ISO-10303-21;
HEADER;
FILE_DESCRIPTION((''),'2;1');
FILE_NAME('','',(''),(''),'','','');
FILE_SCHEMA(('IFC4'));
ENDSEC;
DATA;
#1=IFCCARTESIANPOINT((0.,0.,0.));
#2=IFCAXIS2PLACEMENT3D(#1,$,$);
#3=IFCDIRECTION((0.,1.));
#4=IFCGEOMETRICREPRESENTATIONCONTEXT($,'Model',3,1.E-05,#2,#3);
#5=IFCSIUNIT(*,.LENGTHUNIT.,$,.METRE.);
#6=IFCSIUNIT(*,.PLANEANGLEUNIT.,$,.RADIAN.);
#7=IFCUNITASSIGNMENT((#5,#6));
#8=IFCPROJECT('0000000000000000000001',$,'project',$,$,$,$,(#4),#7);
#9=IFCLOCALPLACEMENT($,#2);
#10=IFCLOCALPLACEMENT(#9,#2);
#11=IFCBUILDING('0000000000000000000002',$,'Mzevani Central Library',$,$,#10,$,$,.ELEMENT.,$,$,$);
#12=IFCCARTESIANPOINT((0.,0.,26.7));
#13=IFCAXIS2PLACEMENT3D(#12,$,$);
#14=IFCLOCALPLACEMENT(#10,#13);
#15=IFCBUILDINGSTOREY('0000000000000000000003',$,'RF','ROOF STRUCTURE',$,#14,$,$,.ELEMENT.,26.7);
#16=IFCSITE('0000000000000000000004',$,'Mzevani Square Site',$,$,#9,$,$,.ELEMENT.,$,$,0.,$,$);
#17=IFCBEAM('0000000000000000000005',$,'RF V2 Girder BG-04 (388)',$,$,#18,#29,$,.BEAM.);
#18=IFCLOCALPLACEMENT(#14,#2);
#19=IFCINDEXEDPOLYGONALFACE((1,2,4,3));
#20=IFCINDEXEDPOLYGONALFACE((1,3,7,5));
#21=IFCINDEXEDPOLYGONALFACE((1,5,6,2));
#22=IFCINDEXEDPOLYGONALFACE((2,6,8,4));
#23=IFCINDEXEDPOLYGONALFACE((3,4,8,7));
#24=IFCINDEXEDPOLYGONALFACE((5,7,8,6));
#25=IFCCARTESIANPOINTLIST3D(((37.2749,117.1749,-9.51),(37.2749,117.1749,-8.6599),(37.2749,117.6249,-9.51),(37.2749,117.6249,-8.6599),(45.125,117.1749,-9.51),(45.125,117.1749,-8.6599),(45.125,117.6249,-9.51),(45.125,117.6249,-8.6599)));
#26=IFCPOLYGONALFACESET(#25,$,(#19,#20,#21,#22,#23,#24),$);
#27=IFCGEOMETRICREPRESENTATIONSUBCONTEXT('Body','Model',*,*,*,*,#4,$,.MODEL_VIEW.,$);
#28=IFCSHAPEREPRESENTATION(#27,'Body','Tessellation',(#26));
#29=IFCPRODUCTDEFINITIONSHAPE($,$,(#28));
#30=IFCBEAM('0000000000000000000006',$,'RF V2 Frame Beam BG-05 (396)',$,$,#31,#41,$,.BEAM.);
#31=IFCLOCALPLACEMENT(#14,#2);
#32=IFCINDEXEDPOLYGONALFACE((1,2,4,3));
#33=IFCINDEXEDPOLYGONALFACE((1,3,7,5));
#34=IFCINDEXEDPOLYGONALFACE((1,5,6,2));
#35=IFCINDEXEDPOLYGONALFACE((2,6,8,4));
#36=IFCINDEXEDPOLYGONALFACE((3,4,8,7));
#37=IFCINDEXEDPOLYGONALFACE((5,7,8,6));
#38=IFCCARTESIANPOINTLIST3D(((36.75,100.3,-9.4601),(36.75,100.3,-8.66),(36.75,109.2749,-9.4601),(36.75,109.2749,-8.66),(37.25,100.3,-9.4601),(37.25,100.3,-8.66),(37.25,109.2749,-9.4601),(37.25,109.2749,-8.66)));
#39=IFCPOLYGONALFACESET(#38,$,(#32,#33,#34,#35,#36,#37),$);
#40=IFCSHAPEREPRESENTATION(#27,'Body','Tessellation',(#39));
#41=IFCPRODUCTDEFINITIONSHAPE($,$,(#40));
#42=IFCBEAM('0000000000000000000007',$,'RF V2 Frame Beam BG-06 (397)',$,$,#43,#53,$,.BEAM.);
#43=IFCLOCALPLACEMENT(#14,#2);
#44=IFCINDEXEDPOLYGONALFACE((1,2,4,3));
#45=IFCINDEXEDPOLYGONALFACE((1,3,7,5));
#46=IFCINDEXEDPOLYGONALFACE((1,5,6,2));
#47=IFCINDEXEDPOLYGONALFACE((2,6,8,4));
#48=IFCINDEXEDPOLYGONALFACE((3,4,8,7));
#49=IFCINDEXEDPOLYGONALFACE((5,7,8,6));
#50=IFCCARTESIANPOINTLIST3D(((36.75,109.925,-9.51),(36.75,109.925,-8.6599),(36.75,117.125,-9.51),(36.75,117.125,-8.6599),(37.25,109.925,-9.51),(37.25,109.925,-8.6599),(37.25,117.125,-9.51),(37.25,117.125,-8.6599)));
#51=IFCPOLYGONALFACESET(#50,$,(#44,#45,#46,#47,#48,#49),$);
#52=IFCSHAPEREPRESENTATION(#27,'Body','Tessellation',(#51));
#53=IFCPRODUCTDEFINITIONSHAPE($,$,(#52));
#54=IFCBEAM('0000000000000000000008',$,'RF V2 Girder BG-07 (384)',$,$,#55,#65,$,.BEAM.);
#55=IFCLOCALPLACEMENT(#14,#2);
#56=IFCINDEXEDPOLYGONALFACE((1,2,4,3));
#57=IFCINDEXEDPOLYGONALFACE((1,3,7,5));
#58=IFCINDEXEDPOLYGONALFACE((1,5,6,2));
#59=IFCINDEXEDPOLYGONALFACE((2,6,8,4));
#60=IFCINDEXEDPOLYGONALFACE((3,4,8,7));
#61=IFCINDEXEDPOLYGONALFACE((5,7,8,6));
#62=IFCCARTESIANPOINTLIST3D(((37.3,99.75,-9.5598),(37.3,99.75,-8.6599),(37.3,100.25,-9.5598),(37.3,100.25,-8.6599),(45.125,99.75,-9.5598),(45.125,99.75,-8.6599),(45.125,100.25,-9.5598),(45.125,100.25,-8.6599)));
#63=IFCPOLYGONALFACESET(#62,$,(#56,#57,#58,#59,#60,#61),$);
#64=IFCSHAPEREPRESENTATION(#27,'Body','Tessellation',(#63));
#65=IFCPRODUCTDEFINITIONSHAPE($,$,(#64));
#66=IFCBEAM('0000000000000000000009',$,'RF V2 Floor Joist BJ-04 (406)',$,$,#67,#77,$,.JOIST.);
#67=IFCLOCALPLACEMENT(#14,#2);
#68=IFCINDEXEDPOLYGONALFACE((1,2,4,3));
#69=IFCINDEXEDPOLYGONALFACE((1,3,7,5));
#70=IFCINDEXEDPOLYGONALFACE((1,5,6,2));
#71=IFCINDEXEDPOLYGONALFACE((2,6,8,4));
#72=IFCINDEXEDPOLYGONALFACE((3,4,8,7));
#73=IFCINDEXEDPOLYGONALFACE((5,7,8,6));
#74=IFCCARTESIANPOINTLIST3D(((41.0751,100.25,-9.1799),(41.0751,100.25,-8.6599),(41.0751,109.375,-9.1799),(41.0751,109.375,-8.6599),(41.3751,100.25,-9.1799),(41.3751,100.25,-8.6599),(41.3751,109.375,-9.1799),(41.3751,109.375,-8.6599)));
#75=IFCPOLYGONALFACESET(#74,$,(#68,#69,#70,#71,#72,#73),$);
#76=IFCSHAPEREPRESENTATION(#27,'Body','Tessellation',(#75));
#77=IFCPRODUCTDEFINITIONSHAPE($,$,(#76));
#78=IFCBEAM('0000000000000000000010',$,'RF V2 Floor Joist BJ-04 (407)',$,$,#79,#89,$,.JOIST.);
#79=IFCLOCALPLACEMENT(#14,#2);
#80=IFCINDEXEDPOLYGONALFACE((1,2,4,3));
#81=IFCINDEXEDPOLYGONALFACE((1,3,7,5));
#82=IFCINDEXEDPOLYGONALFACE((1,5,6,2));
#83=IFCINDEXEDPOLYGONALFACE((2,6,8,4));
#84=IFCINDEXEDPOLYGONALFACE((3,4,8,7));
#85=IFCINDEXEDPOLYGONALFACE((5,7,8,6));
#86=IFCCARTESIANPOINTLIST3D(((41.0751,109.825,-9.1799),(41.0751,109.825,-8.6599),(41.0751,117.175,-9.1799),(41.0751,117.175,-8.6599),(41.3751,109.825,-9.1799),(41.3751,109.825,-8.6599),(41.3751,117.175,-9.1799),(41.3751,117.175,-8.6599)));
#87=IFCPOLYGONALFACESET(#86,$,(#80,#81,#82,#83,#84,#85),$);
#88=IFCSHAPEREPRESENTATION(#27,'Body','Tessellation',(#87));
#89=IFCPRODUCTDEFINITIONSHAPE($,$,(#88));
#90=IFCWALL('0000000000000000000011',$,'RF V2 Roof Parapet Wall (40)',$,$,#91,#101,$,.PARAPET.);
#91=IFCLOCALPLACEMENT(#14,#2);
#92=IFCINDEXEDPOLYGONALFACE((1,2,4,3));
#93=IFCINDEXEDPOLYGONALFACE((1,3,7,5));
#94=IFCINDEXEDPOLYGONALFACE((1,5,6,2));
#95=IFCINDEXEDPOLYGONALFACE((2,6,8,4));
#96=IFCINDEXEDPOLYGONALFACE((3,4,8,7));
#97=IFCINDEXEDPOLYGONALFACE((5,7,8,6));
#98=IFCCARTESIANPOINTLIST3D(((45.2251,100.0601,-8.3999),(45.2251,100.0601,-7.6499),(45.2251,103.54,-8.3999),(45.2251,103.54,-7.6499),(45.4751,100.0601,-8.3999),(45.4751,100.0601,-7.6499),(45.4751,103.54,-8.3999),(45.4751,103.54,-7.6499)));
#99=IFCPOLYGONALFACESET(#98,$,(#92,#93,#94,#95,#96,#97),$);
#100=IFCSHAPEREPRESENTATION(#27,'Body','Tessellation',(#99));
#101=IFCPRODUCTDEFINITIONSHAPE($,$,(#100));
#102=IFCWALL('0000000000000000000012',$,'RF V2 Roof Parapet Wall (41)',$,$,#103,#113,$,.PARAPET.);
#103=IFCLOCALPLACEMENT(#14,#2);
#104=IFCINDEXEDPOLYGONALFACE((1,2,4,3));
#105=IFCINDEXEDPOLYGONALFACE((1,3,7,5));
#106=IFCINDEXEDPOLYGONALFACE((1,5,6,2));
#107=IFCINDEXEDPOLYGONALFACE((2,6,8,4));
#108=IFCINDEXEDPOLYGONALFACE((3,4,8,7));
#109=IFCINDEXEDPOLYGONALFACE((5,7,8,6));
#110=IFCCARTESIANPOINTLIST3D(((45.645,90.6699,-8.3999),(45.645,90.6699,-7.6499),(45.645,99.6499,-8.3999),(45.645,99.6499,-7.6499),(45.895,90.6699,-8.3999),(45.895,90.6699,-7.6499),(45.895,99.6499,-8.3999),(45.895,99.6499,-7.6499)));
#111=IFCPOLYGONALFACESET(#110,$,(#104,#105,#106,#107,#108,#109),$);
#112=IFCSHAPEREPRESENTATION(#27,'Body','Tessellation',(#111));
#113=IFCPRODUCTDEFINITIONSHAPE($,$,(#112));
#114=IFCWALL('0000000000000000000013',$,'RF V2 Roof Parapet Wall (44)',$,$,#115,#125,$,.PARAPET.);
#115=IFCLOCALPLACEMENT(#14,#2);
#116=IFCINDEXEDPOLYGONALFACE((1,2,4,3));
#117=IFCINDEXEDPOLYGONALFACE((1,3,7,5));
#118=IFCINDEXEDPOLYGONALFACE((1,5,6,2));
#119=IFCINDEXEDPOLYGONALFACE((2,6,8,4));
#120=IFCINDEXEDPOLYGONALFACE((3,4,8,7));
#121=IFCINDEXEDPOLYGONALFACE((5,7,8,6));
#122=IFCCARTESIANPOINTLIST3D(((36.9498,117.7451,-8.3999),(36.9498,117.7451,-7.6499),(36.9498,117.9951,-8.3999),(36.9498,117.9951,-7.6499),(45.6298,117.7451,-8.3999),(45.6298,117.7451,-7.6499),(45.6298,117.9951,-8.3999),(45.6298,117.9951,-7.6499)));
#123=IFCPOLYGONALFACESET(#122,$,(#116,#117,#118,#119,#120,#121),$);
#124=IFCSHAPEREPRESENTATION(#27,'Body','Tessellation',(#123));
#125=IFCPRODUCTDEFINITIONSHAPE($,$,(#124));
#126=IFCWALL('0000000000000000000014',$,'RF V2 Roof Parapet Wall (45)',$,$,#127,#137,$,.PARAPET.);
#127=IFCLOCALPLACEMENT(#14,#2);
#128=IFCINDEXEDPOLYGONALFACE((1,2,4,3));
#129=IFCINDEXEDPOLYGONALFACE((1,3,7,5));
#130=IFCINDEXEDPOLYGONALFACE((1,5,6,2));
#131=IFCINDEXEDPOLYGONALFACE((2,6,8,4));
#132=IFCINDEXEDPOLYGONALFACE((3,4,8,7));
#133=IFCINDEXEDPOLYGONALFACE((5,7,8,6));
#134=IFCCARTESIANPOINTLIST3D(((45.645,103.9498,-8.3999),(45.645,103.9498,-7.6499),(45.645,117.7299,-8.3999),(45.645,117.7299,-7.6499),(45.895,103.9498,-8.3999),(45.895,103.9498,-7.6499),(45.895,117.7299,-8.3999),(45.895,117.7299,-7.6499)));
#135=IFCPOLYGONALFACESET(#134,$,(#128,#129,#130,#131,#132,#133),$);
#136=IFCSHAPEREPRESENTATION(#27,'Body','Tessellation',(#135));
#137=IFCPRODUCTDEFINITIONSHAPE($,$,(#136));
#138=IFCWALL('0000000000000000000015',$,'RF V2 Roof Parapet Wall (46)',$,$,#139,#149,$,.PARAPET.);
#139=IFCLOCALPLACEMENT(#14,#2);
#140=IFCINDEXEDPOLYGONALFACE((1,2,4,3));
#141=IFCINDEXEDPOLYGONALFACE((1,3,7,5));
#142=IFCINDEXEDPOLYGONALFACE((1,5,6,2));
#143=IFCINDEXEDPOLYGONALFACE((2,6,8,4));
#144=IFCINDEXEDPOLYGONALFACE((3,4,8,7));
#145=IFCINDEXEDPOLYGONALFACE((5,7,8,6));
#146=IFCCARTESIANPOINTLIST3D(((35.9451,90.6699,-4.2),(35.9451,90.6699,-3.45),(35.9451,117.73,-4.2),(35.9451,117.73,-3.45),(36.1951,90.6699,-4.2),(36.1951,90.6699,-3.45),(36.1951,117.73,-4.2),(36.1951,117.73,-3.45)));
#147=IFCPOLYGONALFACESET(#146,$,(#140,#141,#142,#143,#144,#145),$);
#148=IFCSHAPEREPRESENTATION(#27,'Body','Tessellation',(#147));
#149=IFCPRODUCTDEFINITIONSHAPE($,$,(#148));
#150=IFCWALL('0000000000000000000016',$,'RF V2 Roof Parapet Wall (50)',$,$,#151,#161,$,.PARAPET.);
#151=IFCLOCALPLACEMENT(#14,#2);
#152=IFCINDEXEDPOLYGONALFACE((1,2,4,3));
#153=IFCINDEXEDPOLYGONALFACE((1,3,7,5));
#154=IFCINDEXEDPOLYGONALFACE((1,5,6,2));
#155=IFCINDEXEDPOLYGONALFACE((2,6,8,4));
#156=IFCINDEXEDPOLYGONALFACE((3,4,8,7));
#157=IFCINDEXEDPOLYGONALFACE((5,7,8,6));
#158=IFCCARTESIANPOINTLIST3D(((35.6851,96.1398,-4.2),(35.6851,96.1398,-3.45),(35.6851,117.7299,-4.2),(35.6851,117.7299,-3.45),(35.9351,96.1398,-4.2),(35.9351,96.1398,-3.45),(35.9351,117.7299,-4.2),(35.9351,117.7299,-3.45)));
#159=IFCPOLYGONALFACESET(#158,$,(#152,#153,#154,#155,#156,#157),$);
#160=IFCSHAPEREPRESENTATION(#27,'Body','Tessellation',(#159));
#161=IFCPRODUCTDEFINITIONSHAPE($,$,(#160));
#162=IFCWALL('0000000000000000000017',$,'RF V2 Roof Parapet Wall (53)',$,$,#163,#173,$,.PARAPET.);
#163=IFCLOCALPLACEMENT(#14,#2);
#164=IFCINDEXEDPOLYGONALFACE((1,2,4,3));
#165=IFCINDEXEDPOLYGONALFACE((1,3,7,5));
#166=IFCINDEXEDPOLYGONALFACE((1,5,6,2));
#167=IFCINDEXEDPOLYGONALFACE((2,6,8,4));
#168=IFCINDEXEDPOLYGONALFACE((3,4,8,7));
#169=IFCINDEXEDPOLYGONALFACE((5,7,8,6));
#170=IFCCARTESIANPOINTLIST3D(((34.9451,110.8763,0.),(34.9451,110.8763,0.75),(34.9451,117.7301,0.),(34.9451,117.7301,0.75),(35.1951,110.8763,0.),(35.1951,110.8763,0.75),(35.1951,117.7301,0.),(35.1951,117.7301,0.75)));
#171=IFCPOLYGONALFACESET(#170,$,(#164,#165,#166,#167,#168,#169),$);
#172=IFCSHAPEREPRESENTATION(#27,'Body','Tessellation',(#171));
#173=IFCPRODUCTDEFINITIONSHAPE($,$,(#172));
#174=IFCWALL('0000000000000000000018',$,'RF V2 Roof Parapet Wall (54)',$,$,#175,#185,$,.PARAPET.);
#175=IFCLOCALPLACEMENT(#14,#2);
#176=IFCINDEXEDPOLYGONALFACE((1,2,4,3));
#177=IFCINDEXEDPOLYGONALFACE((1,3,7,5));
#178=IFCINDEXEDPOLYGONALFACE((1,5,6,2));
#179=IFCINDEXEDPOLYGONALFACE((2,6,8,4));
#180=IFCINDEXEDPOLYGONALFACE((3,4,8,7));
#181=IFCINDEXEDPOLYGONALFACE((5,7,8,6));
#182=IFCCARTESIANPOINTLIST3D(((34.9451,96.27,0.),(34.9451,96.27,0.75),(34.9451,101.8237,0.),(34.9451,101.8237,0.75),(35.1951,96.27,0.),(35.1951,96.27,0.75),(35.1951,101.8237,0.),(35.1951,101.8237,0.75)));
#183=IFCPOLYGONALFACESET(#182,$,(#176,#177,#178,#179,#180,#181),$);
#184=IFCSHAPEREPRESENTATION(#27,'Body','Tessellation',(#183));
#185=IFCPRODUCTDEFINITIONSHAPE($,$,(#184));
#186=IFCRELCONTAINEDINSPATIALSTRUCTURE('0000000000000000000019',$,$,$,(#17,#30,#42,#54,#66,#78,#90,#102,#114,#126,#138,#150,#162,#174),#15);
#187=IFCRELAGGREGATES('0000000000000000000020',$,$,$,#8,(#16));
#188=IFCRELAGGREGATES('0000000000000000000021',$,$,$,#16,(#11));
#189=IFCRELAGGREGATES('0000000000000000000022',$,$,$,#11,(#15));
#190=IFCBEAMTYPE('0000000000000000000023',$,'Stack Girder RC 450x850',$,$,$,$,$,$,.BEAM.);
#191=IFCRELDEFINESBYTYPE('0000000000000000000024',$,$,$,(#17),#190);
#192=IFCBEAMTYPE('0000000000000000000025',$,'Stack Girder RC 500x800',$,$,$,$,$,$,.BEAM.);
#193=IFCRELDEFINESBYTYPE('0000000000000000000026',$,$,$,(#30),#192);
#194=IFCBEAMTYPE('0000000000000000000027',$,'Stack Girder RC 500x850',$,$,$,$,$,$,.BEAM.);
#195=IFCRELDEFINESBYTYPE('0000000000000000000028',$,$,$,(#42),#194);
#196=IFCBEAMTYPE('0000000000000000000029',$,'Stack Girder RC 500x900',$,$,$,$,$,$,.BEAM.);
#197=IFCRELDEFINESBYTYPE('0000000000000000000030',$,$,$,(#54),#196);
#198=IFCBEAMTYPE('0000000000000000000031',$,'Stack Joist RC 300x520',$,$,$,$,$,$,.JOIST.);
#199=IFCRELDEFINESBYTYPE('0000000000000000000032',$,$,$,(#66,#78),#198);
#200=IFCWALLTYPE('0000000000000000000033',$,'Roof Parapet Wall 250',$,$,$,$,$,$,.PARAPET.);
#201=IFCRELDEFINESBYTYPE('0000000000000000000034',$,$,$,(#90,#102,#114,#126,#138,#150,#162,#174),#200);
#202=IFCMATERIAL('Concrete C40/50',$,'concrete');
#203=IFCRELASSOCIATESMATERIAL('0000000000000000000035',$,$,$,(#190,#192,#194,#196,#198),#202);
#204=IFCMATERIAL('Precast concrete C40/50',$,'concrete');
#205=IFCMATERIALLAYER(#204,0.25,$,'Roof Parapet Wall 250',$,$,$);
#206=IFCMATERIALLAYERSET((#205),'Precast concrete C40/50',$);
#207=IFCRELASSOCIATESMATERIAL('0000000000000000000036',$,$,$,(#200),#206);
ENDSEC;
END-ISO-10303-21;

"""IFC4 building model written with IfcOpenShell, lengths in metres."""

from ifc_helpers import new_model, si_unit, direction, frame, frame_2d, origin, origin_2d, place, context, subcontext, project, spatial, rectangle, extrude, material, layer, layer_set, material_profile, profile_set, type_object, element, save


model = new_model("IFC4")

# Units and contexts
model_context = context("Model", 3, precision=1e-05, world=origin(), true_north=direction((0.0, 1.0)))
body_context = subcontext(model_context, "Body", "Model", "MODEL_VIEW")
ifc_project = project(units=[si_unit("LENGTHUNIT", "METRE"), si_unit("PLANEANGLEUNIT", "RADIAN")], contexts=[model_context])

# Site, building, storey
site_placement = place(None, origin())
site = spatial("IfcSite", under=ifc_project, at=site_placement, Name="Mzevani Square Site", CompositionType="ELEMENT", RefElevation=0.0)
building_placement = place(site_placement, origin())
building = spatial("IfcBuilding", under=site, at=building_placement, Name="Mzevani Central Library", CompositionType="ELEMENT")
storey_placement = place(building_placement, frame((0.0, 0.0, 26.7)))
storey = spatial("IfcBuildingStorey", under=building, at=storey_placement, Name="RF", Description="ROOF STRUCTURE", CompositionType="ELEMENT", Elevation=26.7)

# Beams
ifc_material_1 = material(Name="Concrete C40/50", Category="concrete")
ifc_material_profile_1 = material_profile(ifc_material_1, rectangle(XDim=0.45, YDim=0.8501, at=origin_2d()), Name="RC B450x850")
ifc_profile_set_1 = profile_set([ifc_material_profile_1], Name="Concrete C40/50")
beam_type_1 = type_object("IfcBeamType", Name="Stack Girder RC 450x850", PredefinedType="BEAM", material=ifc_profile_set_1)
beam_1_placement = place(storey_placement, frame((37.2749, 117.3999, -9.085), z_axis=(1.0, 0.0, 0.0), x_axis=(0.0, 1.0, 0.0)))
element("IfcBeam", 1, at=beam_1_placement, inside=storey, type_object=beam_type_1, Name="RF V2 Girder BG-04 (388)", PredefinedType="BEAM", context=body_context, shape_type="SweptSolid", body=[
    extrude(rectangle(XDim=0.45, YDim=0.8501, at=origin_2d()), origin(), (0.0, 0.0, 1.0), 7.8501),
])
ifc_material_profile_2 = material_profile(ifc_material_1, rectangle(XDim=0.5, YDim=0.8, at=origin_2d()), Name="RC B500x800")
ifc_profile_set_2 = profile_set([ifc_material_profile_2], Name="Concrete C40/50")
beam_type_2 = type_object("IfcBeamType", Name="Stack Girder RC 500x800", PredefinedType="BEAM", material=ifc_profile_set_2)
beam_2_placement = place(storey_placement, frame((37.0, 100.3, -9.0601), z_axis=(0.0, 1.0, 0.0), x_axis=(-1.0, 0.0, 0.0)))
element("IfcBeam", 2, at=beam_2_placement, inside=storey, type_object=beam_type_2, Name="RF V2 Frame Beam BG-05 (396)", PredefinedType="BEAM", context=body_context, shape_type="SweptSolid", body=[
    extrude(rectangle(XDim=0.5, YDim=0.8, at=origin_2d()), origin(), (0.0, 0.0, 1.0), 8.9749),
])
ifc_material_profile_3 = material_profile(ifc_material_1, rectangle(XDim=0.5, YDim=0.8501, at=origin_2d()), Name="RC B500x850")
ifc_profile_set_3 = profile_set([ifc_material_profile_3], Name="Concrete C40/50")
beam_type_3 = type_object("IfcBeamType", Name="Stack Girder RC 500x850", PredefinedType="BEAM", material=ifc_profile_set_3)
beam_3_placement = place(storey_placement, frame((37.0, 109.925, -9.085), z_axis=(0.0, 1.0, 0.0), x_axis=(-1.0, 0.0, 0.0)))
element("IfcBeam", 3, at=beam_3_placement, inside=storey, type_object=beam_type_3, Name="RF V2 Frame Beam BG-06 (397)", PredefinedType="BEAM", context=body_context, shape_type="SweptSolid", body=[
    extrude(rectangle(XDim=0.5, YDim=0.8501, at=origin_2d()), origin(), (0.0, 0.0, 1.0), 7.2),
])
ifc_material_profile_4 = material_profile(ifc_material_1, rectangle(XDim=0.5, YDim=0.8999, at=origin_2d()), Name="RC B500x900")
ifc_profile_set_4 = profile_set([ifc_material_profile_4], Name="Concrete C40/50")
beam_type_4 = type_object("IfcBeamType", Name="Stack Girder RC 500x900", PredefinedType="BEAM", material=ifc_profile_set_4)
beam_4_placement = place(storey_placement, frame((37.3, 100.0, -9.1099), z_axis=(1.0, 0.0, 0.0), x_axis=(0.0, 1.0, 0.0)))
element("IfcBeam", 4, at=beam_4_placement, inside=storey, type_object=beam_type_4, Name="RF V2 Girder BG-07 (384)", PredefinedType="BEAM", context=body_context, shape_type="SweptSolid", body=[
    extrude(rectangle(XDim=0.5, YDim=0.8999, at=origin_2d()), origin(), (0.0, 0.0, 1.0), 7.825),
])
ifc_material_profile_5 = material_profile(ifc_material_1, rectangle(XDim=0.3, YDim=0.52, at=origin_2d()), Name="RC J300x520")
ifc_profile_set_5 = profile_set([ifc_material_profile_5], Name="Concrete C40/50")
beam_type_5 = type_object("IfcBeamType", Name="Stack Joist RC 300x520", PredefinedType="JOIST", material=ifc_profile_set_5)
beam_5_placement = place(storey_placement, frame((41.2251, 100.25, -8.9199), z_axis=(0.0, 1.0, 0.0), x_axis=(-1.0, 0.0, 0.0)))
element("IfcBeam", 5, at=beam_5_placement, inside=storey, type_object=beam_type_5, Name="RF V2 Floor Joist BJ-04 (406)", PredefinedType="JOIST", context=body_context, shape_type="SweptSolid", body=[
    extrude(rectangle(XDim=0.3, YDim=0.52, at=origin_2d()), origin(), (0.0, 0.0, 1.0), 9.125),
])
beam_6_placement = place(storey_placement, frame((41.2251, 109.825, -8.9199), z_axis=(0.0, 1.0, 0.0), x_axis=(-1.0, 0.0, 0.0)))
element("IfcBeam", 6, at=beam_6_placement, inside=storey, type_object=beam_type_5, Name="RF V2 Floor Joist BJ-04 (407)", PredefinedType="JOIST", context=body_context, shape_type="SweptSolid", body=[
    extrude(rectangle(XDim=0.3, YDim=0.52, at=origin_2d()), origin(), (0.0, 0.0, 1.0), 7.3501),
])

# Walls
ifc_material_2 = material(Name="Precast concrete C40/50", Category="concrete")
ifc_layer = layer(ifc_material_2, 0.25, Name="Roof Parapet Wall 250")
ifc_layer_set = layer_set([ifc_layer], Name="Precast concrete C40/50")
wall_type = type_object("IfcWallType", Name="Roof Parapet Wall 250", PredefinedType="PARAPET", material=ifc_layer_set)
wall_1_placement = place(storey_placement, frame((45.3501, 103.54, -8.3999), z_axis=(0.0, 0.0, 1.0), x_axis=(0.0, -1.0, 0.0)))
element("IfcWall", 7, at=wall_1_placement, inside=storey, type_object=wall_type, Name="RF V2 Roof Parapet Wall (40)", PredefinedType="PARAPET", context=body_context, shape_type="SweptSolid", body=[
    extrude(rectangle(XDim=3.48, YDim=0.25, at=frame_2d((1.74, 0.0))), origin(), (0.0, 0.0, 1.0), 0.75),
])
wall_2_placement = place(storey_placement, frame((45.77, 99.6499, -8.3999), z_axis=(0.0, 0.0, 1.0), x_axis=(0.0, -1.0, 0.0)))
element("IfcWall", 8, at=wall_2_placement, inside=storey, type_object=wall_type, Name="RF V2 Roof Parapet Wall (41)", PredefinedType="PARAPET", context=body_context, shape_type="SweptSolid", body=[
    extrude(rectangle(XDim=8.98, YDim=0.25, at=frame_2d((4.49, 0.0))), origin(), (0.0, 0.0, 1.0), 0.75),
])
wall_3_placement = place(storey_placement, frame((36.95, 117.8701, -8.3999), z_axis=(0.0, 0.0, 1.0), x_axis=(1.0, 0.0, 0.0)))
element("IfcWall", 9, at=wall_3_placement, inside=storey, type_object=wall_type, Name="RF V2 Roof Parapet Wall (44)", PredefinedType="PARAPET", context=body_context, shape_type="SweptSolid", body=[
    extrude(rectangle(XDim=8.6799, YDim=0.25, at=frame_2d((4.3398, 0.0))), origin(), (0.0, 0.0, 1.0), 0.75),
])
wall_4_placement = place(storey_placement, frame((45.77, 117.73, -8.3999), z_axis=(0.0, 0.0, 1.0), x_axis=(0.0, -1.0, 0.0)))
element("IfcWall", 10, at=wall_4_placement, inside=storey, type_object=wall_type, Name="RF V2 Roof Parapet Wall (45)", PredefinedType="PARAPET", context=body_context, shape_type="SweptSolid", body=[
    extrude(rectangle(XDim=13.78, YDim=0.25, at=frame_2d((6.8901, 0.0))), origin(), (0.0, 0.0, 1.0), 0.75),
])
wall_5_placement = place(storey_placement, frame((36.0701, 117.73, -4.2), z_axis=(0.0, 0.0, 1.0), x_axis=(0.0, -1.0, 0.0)))
element("IfcWall", 11, at=wall_5_placement, inside=storey, type_object=wall_type, Name="RF V2 Roof Parapet Wall (46)", PredefinedType="PARAPET", context=body_context, shape_type="SweptSolid", body=[
    extrude(rectangle(XDim=27.0601, YDim=0.25, at=frame_2d((13.53, 0.0))), origin(), (0.0, 0.0, 1.0), 0.75),
])
wall_6_placement = place(storey_placement, frame((35.8101, 96.1399, -4.2), z_axis=(0.0, 0.0, 1.0), x_axis=(0.0, 1.0, 0.0)))
element("IfcWall", 12, at=wall_6_placement, inside=storey, type_object=wall_type, Name="RF V2 Roof Parapet Wall (50)", PredefinedType="PARAPET", context=body_context, shape_type="SweptSolid", body=[
    extrude(rectangle(XDim=21.5901, YDim=0.25, at=frame_2d((10.7949, 0.0))), origin(), (0.0, 0.0, 1.0), 0.75),
])
wall_7_placement = place(storey_placement, frame((35.0701, 117.73, 0.0), z_axis=(0.0, 0.0, 1.0), x_axis=(0.0, -1.0, 0.0)))
element("IfcWall", 13, at=wall_7_placement, inside=storey, type_object=wall_type, Name="RF V2 Roof Parapet Wall (53)", PredefinedType="PARAPET", context=body_context, shape_type="SweptSolid", body=[
    extrude(rectangle(XDim=6.8538, YDim=0.25, at=frame_2d((3.4268, 0.0))), origin(), (0.0, 0.0, 1.0), 0.75),
])
wall_8_placement = place(storey_placement, frame((35.0701, 101.8237, 0.0), z_axis=(0.0, 0.0, 1.0), x_axis=(0.0, -1.0, 0.0)))
element("IfcWall", 14, at=wall_8_placement, inside=storey, type_object=wall_type, Name="RF V2 Roof Parapet Wall (54)", PredefinedType="PARAPET", context=body_context, shape_type="SweptSolid", body=[
    extrude(rectangle(XDim=5.5537, YDim=0.25, at=frame_2d((2.7769, 0.0))), origin(), (0.0, 0.0, 1.0), 0.75),
])

save(model, "model.ifc")
